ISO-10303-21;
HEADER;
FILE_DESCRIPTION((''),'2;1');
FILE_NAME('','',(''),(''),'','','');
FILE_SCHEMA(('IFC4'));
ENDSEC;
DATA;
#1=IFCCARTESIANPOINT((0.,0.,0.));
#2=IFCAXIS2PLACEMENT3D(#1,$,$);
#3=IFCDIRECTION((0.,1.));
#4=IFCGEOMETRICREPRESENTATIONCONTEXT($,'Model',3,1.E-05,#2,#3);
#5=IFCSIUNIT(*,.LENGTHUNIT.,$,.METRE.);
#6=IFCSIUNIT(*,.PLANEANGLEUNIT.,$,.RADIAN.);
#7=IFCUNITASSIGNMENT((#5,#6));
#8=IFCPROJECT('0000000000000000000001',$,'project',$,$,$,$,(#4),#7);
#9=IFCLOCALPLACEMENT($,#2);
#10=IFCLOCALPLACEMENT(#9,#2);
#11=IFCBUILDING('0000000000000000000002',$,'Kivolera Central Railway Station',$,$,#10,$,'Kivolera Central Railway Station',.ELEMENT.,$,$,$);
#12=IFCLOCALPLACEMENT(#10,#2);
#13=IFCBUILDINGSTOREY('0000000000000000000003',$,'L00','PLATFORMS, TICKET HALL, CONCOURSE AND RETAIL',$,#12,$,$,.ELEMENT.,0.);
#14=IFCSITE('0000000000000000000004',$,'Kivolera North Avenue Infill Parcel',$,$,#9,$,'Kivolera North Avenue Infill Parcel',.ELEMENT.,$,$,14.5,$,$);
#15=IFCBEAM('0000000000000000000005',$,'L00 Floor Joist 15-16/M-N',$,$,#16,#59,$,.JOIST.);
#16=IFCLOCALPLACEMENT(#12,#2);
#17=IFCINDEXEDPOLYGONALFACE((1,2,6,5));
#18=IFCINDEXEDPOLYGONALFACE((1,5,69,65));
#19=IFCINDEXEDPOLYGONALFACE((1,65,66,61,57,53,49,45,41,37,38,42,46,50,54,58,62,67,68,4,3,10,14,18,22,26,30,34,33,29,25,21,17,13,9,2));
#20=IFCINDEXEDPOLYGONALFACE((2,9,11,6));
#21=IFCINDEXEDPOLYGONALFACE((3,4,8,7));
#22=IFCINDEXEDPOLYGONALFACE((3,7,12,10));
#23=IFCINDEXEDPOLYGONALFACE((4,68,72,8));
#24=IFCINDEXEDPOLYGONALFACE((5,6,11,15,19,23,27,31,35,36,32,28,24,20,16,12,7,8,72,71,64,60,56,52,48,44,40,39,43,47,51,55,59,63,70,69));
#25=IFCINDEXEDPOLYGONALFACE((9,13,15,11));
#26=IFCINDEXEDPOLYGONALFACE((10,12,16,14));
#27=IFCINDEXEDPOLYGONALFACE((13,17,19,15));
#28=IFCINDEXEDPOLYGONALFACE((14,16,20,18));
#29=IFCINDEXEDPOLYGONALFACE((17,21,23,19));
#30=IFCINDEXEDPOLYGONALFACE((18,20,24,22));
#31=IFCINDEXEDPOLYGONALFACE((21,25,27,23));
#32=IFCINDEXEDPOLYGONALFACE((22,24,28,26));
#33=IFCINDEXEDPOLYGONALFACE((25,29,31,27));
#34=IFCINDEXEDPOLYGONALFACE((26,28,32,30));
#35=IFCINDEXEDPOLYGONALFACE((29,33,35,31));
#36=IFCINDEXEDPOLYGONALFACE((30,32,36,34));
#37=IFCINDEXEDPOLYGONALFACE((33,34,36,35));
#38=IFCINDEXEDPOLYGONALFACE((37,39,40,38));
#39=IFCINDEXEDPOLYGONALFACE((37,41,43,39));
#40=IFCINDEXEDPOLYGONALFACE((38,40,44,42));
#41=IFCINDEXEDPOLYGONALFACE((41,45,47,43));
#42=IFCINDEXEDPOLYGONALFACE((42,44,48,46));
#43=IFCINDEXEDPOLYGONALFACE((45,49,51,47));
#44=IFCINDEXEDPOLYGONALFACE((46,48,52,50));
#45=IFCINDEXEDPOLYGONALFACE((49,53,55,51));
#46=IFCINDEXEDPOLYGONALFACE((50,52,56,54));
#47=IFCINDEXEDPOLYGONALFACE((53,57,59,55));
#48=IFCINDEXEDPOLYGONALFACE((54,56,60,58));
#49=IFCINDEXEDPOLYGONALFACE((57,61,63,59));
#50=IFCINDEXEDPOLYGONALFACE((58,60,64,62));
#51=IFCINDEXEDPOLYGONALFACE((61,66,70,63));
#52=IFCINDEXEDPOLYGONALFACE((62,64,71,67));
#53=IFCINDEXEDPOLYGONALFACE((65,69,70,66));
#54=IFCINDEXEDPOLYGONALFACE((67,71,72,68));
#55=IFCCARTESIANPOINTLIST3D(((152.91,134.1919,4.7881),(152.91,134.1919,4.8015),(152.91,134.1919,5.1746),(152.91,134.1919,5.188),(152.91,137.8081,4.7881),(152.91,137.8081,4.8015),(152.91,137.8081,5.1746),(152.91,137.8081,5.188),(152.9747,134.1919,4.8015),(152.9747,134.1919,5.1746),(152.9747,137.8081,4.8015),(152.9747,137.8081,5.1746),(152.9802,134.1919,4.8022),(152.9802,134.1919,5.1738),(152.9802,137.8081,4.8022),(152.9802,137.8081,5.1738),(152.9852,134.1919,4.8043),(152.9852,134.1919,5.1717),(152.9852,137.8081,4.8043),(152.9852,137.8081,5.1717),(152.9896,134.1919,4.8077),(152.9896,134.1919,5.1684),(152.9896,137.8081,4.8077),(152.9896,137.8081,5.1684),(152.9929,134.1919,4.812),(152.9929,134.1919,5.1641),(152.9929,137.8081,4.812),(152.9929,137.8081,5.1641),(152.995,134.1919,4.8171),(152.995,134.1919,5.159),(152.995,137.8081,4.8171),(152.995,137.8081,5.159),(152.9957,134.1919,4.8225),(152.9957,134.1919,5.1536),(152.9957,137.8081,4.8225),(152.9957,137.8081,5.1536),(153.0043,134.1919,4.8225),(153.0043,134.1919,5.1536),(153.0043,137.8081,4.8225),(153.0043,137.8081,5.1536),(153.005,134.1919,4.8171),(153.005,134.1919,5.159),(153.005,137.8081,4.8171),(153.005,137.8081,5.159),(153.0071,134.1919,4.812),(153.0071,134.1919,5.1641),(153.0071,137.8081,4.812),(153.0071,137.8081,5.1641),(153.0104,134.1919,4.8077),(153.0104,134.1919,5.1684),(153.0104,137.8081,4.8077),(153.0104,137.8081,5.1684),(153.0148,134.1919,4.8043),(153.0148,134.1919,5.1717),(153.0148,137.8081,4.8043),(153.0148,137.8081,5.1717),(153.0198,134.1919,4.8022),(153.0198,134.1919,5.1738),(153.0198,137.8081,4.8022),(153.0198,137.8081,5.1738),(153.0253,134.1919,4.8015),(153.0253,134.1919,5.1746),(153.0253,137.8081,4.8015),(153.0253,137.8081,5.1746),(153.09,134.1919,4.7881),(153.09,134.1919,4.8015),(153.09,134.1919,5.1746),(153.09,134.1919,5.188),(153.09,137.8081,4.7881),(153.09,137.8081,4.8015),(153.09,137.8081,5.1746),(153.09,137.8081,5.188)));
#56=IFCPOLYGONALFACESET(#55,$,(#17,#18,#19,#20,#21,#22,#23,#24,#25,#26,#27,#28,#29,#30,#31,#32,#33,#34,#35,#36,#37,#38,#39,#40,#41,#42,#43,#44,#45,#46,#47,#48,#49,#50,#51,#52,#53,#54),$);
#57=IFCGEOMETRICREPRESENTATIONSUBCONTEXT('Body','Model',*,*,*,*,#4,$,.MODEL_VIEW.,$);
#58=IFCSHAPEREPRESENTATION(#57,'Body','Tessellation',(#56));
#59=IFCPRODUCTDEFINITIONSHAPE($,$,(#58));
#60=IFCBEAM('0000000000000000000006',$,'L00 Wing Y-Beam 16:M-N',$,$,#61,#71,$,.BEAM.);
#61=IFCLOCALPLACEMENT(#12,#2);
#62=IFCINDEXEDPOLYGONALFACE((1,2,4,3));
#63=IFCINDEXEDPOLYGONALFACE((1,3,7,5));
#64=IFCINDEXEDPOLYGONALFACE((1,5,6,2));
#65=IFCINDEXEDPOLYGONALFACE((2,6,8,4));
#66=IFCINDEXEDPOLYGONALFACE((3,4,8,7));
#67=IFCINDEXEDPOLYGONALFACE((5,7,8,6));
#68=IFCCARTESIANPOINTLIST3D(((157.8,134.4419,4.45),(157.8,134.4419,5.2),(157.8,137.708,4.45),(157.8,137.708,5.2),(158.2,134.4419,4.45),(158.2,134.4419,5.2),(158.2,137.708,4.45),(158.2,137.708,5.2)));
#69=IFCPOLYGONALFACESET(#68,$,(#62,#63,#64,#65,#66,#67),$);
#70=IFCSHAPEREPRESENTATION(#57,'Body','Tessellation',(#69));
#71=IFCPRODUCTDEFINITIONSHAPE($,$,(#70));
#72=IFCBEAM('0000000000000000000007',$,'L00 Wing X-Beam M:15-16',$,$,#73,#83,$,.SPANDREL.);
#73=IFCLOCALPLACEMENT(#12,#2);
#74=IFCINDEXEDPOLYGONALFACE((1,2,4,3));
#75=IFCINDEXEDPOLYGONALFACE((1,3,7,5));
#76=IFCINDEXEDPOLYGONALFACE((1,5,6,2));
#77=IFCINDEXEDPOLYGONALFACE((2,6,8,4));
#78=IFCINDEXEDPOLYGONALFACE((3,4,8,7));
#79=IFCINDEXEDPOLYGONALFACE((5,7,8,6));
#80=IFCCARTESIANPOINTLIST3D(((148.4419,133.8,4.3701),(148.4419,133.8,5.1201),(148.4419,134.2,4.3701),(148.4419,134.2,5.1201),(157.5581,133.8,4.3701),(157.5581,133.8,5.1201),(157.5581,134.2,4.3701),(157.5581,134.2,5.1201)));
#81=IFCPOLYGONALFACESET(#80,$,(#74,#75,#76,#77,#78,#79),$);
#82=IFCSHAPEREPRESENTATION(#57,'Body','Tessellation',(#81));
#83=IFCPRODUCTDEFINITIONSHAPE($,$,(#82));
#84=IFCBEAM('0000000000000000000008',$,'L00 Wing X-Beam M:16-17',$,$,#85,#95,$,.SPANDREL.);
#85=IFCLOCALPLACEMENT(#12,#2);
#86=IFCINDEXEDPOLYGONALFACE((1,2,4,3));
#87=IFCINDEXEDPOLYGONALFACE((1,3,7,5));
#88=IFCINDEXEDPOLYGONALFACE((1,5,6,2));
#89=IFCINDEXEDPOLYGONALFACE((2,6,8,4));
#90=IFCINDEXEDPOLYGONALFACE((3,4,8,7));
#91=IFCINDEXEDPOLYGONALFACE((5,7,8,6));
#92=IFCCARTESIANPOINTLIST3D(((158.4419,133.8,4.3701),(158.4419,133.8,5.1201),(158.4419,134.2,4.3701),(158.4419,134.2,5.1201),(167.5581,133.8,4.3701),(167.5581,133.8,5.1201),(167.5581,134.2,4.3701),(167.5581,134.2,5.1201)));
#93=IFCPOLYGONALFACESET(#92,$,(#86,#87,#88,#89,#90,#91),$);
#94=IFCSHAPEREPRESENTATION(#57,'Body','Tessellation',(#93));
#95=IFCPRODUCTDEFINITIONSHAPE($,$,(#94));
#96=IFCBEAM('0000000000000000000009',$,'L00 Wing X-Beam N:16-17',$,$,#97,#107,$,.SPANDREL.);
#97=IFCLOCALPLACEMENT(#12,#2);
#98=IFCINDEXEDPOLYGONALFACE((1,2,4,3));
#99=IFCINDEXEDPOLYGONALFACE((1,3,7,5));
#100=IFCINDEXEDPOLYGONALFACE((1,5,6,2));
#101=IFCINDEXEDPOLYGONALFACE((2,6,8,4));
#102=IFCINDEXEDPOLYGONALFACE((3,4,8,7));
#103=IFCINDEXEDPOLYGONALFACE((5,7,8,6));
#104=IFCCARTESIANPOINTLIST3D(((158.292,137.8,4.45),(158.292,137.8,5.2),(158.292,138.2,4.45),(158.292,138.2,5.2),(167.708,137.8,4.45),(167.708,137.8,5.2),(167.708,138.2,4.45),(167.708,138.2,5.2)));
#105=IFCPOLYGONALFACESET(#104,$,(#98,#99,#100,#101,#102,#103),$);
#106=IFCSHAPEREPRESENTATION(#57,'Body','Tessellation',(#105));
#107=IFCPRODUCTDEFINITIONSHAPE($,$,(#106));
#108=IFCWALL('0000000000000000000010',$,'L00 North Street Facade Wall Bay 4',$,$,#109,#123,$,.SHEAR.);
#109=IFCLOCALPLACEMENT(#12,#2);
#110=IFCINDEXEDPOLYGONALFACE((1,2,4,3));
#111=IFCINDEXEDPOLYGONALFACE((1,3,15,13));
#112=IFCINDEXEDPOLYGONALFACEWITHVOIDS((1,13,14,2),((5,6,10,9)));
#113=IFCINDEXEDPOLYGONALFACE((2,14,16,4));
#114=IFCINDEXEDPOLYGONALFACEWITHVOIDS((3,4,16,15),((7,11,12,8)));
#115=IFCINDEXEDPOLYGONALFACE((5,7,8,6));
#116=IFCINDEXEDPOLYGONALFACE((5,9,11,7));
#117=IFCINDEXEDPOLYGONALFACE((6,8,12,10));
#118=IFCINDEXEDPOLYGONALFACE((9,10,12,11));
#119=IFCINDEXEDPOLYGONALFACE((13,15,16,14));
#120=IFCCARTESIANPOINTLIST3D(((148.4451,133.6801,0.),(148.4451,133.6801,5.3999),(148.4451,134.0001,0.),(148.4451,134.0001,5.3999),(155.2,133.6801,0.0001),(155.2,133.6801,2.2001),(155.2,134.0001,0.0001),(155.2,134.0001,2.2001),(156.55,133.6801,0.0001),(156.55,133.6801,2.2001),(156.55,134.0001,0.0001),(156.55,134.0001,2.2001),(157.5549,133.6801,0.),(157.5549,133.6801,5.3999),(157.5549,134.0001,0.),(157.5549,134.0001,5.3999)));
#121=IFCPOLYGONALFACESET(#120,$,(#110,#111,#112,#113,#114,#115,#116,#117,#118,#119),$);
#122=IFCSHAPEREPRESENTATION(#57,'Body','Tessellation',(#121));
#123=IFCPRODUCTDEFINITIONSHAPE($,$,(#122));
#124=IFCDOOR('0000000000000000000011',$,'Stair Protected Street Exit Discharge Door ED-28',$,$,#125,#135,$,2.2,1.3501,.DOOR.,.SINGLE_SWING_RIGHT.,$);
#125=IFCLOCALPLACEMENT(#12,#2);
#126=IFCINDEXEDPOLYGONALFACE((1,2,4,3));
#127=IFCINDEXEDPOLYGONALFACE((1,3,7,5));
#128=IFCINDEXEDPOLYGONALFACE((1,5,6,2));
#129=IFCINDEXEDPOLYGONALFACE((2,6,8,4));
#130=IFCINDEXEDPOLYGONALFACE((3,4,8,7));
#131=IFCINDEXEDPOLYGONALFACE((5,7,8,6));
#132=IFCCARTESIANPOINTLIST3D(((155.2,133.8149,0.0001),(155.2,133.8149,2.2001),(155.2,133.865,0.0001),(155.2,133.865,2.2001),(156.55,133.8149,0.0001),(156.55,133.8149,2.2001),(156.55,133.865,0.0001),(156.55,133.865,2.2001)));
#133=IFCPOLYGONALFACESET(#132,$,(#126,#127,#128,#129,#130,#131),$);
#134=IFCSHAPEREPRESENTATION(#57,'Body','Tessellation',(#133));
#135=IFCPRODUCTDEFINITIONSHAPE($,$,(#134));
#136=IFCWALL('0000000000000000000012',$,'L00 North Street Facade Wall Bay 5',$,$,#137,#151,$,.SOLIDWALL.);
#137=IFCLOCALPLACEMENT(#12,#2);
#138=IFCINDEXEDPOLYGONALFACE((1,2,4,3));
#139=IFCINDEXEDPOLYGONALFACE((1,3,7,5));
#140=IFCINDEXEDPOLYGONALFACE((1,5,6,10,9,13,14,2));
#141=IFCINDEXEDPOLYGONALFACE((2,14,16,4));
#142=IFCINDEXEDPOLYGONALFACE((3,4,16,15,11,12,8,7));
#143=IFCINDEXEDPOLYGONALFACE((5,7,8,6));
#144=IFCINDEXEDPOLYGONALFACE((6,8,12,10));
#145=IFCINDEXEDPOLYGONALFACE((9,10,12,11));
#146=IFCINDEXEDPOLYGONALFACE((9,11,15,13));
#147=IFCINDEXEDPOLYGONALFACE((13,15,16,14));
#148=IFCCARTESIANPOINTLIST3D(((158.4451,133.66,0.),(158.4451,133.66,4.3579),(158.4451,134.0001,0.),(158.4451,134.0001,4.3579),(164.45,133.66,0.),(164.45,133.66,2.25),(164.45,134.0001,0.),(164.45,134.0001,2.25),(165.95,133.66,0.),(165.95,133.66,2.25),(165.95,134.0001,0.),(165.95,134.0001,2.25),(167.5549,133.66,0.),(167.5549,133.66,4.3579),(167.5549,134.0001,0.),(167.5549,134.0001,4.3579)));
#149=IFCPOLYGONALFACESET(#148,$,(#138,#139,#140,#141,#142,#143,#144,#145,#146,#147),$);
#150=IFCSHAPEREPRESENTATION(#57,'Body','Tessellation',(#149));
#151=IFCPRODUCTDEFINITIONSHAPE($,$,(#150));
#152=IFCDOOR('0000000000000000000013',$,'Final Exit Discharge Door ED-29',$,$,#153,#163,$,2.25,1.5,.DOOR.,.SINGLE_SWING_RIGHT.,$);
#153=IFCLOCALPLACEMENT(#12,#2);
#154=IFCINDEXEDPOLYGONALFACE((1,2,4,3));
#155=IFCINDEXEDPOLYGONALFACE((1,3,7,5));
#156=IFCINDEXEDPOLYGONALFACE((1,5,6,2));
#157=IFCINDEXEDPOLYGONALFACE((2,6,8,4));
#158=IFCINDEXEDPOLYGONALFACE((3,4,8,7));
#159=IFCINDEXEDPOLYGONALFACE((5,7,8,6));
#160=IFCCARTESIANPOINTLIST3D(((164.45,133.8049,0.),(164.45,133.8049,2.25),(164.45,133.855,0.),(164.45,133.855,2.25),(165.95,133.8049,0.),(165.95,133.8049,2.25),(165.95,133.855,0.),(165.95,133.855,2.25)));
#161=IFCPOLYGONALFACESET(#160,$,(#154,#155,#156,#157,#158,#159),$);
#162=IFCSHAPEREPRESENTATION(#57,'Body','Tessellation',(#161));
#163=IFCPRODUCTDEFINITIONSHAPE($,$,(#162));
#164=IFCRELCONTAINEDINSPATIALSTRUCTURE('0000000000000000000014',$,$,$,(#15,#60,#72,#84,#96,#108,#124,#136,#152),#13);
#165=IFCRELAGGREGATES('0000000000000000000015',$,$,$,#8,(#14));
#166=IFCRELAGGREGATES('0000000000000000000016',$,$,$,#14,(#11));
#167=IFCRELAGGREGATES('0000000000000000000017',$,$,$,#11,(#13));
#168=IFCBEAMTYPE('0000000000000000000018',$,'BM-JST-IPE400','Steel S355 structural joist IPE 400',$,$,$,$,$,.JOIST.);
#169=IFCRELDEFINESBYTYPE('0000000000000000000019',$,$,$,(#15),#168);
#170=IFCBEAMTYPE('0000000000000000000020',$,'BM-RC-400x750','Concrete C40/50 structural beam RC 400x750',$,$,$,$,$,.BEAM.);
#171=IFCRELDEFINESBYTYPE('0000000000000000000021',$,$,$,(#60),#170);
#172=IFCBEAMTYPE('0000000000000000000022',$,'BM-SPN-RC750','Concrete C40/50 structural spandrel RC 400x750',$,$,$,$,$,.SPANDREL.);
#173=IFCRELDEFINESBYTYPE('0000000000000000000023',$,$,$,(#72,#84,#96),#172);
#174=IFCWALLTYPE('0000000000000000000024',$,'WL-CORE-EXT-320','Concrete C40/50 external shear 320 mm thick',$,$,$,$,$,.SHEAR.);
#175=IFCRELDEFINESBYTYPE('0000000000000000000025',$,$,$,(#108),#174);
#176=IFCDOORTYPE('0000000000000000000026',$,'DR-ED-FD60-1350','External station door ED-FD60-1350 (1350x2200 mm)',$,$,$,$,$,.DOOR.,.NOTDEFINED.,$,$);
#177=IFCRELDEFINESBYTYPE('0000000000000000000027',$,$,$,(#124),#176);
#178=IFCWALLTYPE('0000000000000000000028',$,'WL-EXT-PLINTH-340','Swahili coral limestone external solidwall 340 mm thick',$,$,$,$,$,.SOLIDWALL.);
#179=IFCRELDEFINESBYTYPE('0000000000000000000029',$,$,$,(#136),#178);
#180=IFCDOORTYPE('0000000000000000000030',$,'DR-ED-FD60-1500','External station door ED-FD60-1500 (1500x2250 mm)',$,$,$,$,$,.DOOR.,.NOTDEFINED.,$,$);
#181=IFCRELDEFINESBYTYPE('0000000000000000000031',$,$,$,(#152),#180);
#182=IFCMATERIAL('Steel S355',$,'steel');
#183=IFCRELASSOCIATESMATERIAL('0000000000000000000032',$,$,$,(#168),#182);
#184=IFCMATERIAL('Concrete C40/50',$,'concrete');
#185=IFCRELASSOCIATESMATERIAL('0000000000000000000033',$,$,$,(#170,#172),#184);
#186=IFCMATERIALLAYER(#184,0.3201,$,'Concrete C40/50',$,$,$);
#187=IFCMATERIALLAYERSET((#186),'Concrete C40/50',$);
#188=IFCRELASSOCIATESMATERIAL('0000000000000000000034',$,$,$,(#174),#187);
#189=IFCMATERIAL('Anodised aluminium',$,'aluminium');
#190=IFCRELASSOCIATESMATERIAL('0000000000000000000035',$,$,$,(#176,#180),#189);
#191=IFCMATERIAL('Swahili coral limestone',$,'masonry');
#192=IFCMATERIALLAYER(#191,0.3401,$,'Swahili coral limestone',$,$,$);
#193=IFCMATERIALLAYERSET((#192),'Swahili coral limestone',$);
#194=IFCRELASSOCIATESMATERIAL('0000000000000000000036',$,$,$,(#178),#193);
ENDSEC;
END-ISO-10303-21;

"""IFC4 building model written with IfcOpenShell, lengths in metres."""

from ifc_helpers import new_model, si_unit, direction, frame, frame_2d, origin, origin_2d, place, context, subcontext, project, spatial, rectangle, i_section, extrude, material, layer, layer_set, material_profile, profile_set, type_object, element, fill, save


model = new_model("IFC4")

# Units and contexts
model_context = context("Model", 3, precision=1e-05, world=origin(), true_north=direction((0.0, 1.0)))
body_context = subcontext(model_context, "Body", "Model", "MODEL_VIEW")
ifc_project = project(units=[si_unit("LENGTHUNIT", "METRE"), si_unit("PLANEANGLEUNIT", "RADIAN")], contexts=[model_context])

# Site, building, storey
site_placement = place(None, origin())
site = spatial("IfcSite", under=ifc_project, at=site_placement, Name="Kivolera North Avenue Infill Parcel", LongName="Kivolera North Avenue Infill Parcel", CompositionType="ELEMENT", RefElevation=14.5)
building_placement = place(site_placement, origin())
building = spatial("IfcBuilding", under=site, at=building_placement, Name="Kivolera Central Railway Station", LongName="Kivolera Central Railway Station", CompositionType="ELEMENT")
storey_placement = place(building_placement, origin())
storey = spatial("IfcBuildingStorey", under=building, at=storey_placement, Name="L00", Description="PLATFORMS, TICKET HALL, CONCOURSE AND RETAIL", CompositionType="ELEMENT", Elevation=0.0)

# Shared definitions
ifc_material_1 = material(Name="Concrete C40/50", Category="concrete")

# Beams
ifc_material_2 = material(Name="Steel S355", Category="steel")
ifc_material_profile_1 = material_profile(ifc_material_2, i_section(OverallWidth=0.1799, OverallDepth=0.3999, WebThickness=0.0085, FlangeThickness=0.0134, FilletRadius=0.021, at=origin_2d()), Name="IPE 400")
ifc_profile_set_1 = profile_set([ifc_material_profile_1], Name="Steel S355")
beam_type_1 = type_object("IfcBeamType", Name="BM-JST-IPE400", Description="Steel S355 structural joist IPE 400", PredefinedType="JOIST", material=ifc_profile_set_1)
beam_1_placement = place(storey_placement, frame((153.0, 134.1919, 4.988), z_axis=(0.0, 1.0, 0.0), x_axis=(-1.0, 0.0, 0.0)))
element("IfcBeam", 1, at=beam_1_placement, inside=storey, type_object=beam_type_1, Name="L00 Floor Joist 15-16/M-N", PredefinedType="JOIST", context=body_context, shape_type="SweptSolid", body=[
    extrude(i_section(OverallWidth=0.1799, OverallDepth=0.3999, WebThickness=0.0085, FlangeThickness=0.0134, FilletRadius=0.021, at=origin_2d()), origin(), (0.0, 0.0, 1.0), 3.6162),
])
ifc_material_profile_2 = material_profile(ifc_material_1, rectangle(XDim=0.3999, YDim=0.75, at=origin_2d()), Name="RC 400x750")
ifc_profile_set_2 = profile_set([ifc_material_profile_2], Name="Concrete C40/50")
beam_type_2 = type_object("IfcBeamType", Name="BM-RC-400x750", Description="Concrete C40/50 structural beam RC 400x750", PredefinedType="BEAM", material=ifc_profile_set_2)
beam_2_placement = place(storey_placement, frame((158.0, 134.4419, 4.825), z_axis=(0.0, 1.0, 0.0), x_axis=(-1.0, 0.0, 0.0)))
element("IfcBeam", 2, at=beam_2_placement, inside=storey, type_object=beam_type_2, Name="L00 Wing Y-Beam 16:M-N", PredefinedType="BEAM", context=body_context, shape_type="SweptSolid", body=[
    extrude(rectangle(XDim=0.3999, YDim=0.75, at=origin_2d()), origin(), (0.0, 0.0, 1.0), 3.2661),
])
ifc_material_profile_3 = material_profile(ifc_material_1, rectangle(XDim=0.3999, YDim=0.75, at=origin_2d()), Name="RC 400x750")
ifc_profile_set_3 = profile_set([ifc_material_profile_3], Name="Concrete C40/50")
beam_type_3 = type_object("IfcBeamType", Name="BM-SPN-RC750", Description="Concrete C40/50 structural spandrel RC 400x750", PredefinedType="SPANDREL", material=ifc_profile_set_3)
for number, where, z_axis, x_axis, name in (
    (3, (148.4419, 134.0, 4.7451), (1.0, 0.0, 0.0), (0.0, 1.0, 0.0), "L00 Wing X-Beam M:15-16"),
    (4, (158.4419, 134.0, 4.7451), (1.0, 0.0, 0.0), (0.0, 1.0, 0.0), "L00 Wing X-Beam M:16-17"),
):
    element("IfcBeam", number, at=place(storey_placement, frame(where, z_axis=z_axis, x_axis=x_axis)), inside=storey, type_object=beam_type_3, Name=name, PredefinedType="SPANDREL", context=body_context, shape_type="SweptSolid", body=[
        extrude(rectangle(XDim=0.3999, YDim=0.75, at=origin_2d()), origin(), (0.0, 0.0, 1.0), 9.1162),
    ])
beam_3_placement = place(storey_placement, frame((158.292, 138.0, 4.825), z_axis=(1.0, 0.0, 0.0), x_axis=(0.0, 1.0, 0.0)))
element("IfcBeam", 5, at=beam_3_placement, inside=storey, type_object=beam_type_3, Name="L00 Wing X-Beam N:16-17", PredefinedType="SPANDREL", context=body_context, shape_type="SweptSolid", body=[
    extrude(rectangle(XDim=0.3999, YDim=0.75, at=origin_2d()), origin(), (0.0, 0.0, 1.0), 9.416),
])

# Walls, openings, doors
ifc_layer_1 = layer(ifc_material_1, 0.3201, Name="Concrete C40/50")
ifc_layer_set_1 = layer_set([ifc_layer_1], Name="Concrete C40/50")
wall_type_1 = type_object("IfcWallType", Name="WL-CORE-EXT-320", Description="Concrete C40/50 external shear 320 mm thick", PredefinedType="SHEAR", material=ifc_layer_set_1)
wall_1_placement = place(storey_placement, frame((148.4451, 133.8401, 0.0), z_axis=(0.0, 0.0, 1.0), x_axis=(1.0, 0.0, 0.0)))
wall_1 = element("IfcWall", 6, at=wall_1_placement, inside=storey, type_object=wall_type_1, Name="L00 North Street Facade Wall Bay 4", PredefinedType="SHEAR", context=body_context, shape_type="SweptSolid", body=[
    extrude(rectangle(XDim=9.1099, YDim=0.3201, at=frame_2d((4.5549, 0.0))), origin(), (0.0, 0.0, 1.0), 5.3999),
])
opening_1_placement = place(wall_1_placement, frame((6.7549, 0.0, 0.0)))
opening_1 = element("IfcOpeningElement", 7, at=opening_1_placement, cuts=wall_1, PredefinedType="OPENING", context=body_context, shape_type="SweptSolid", body=[
    extrude(rectangle(XDim=1.3501, YDim=2.2, at=frame_2d((0.675, 1.1001))), frame((0.0, 0.1699, 0.0), z_axis=(0.0, -1.0, 0.0), x_axis=(1.0, 0.0, 0.0)), (0.0, 0.0, 1.0), 0.3401),
])
ifc_material_3 = material(Name="Anodised aluminium", Category="aluminium")
door_type_1 = type_object("IfcDoorType", Name="DR-ED-FD60-1350", Description="External station door ED-FD60-1350 (1350x2200 mm)", OperationType="NOTDEFINED", PredefinedType="DOOR", material=ifc_material_3)
door_1_placement = place(opening_1_placement, origin())
door_1 = element("IfcDoor", 8, at=door_1_placement, inside=storey, type_object=door_type_1, Name="Stair Protected Street Exit Discharge Door ED-28", OperationType="SINGLE_SWING_RIGHT", OverallHeight=2.2, OverallWidth=1.3501, PredefinedType="DOOR", context=body_context, shape_type="SweptSolid", body=[
    extrude(rectangle(XDim=1.3501, YDim=2.2, at=frame_2d((0.675, 1.1001))), frame((0.0, 0.0249, 0.0), z_axis=(0.0, -1.0, 0.0), x_axis=(1.0, 0.0, 0.0)), (0.0, 0.0, 1.0), 0.05),
])
fill(opening_1, door_1)
ifc_material_4 = material(Name="Swahili coral limestone", Category="masonry")
ifc_layer_2 = layer(ifc_material_4, 0.3401, Name="Swahili coral limestone")
ifc_layer_set_2 = layer_set([ifc_layer_2], Name="Swahili coral limestone")
wall_type_2 = type_object("IfcWallType", Name="WL-EXT-PLINTH-340", Description="Swahili coral limestone external solidwall 340 mm thick", PredefinedType="SOLIDWALL", material=ifc_layer_set_2)
wall_2_placement = place(storey_placement, frame((158.4451, 133.8301, 0.0), z_axis=(0.0, 0.0, 1.0), x_axis=(1.0, 0.0, 0.0)))
wall_2 = element("IfcWall", 9, at=wall_2_placement, inside=storey, type_object=wall_type_2, Name="L00 North Street Facade Wall Bay 5", PredefinedType="SOLIDWALL", context=body_context, shape_type="SweptSolid", body=[
    extrude(rectangle(XDim=9.1099, YDim=0.3401, at=frame_2d((4.5549, 0.0))), origin(), (0.0, 0.0, 1.0), 4.3579),
])
opening_2_placement = place(wall_2_placement, frame((6.0049, 0.0, 0.0)))
opening_2 = element("IfcOpeningElement", 10, at=opening_2_placement, cuts=wall_2, PredefinedType="OPENING", context=body_context, shape_type="SweptSolid", body=[
    extrude(rectangle(XDim=1.5, YDim=2.25, at=frame_2d((0.75, 1.125))), frame((0.0, 0.1799, 0.0), z_axis=(0.0, -1.0, 0.0), x_axis=(1.0, 0.0, 0.0)), (0.0, 0.0, 1.0), 0.3601),
])
door_type_2 = type_object("IfcDoorType", Name="DR-ED-FD60-1500", Description="External station door ED-FD60-1500 (1500x2250 mm)", OperationType="NOTDEFINED", PredefinedType="DOOR", material=ifc_material_3)
door_2_placement = place(opening_2_placement, origin())
door_2 = element("IfcDoor", 11, at=door_2_placement, inside=storey, type_object=door_type_2, Name="Final Exit Discharge Door ED-29", OperationType="SINGLE_SWING_RIGHT", OverallHeight=2.25, OverallWidth=1.5, PredefinedType="DOOR", context=body_context, shape_type="SweptSolid", body=[
    extrude(rectangle(XDim=1.5, YDim=2.25, at=frame_2d((0.75, 1.125))), frame((0.0, 0.0249, 0.0), z_axis=(0.0, -1.0, 0.0), x_axis=(1.0, 0.0, 0.0)), (0.0, 0.0, 1.0), 0.05),
])
fill(opening_2, door_2)

save(model, "model.ifc")
